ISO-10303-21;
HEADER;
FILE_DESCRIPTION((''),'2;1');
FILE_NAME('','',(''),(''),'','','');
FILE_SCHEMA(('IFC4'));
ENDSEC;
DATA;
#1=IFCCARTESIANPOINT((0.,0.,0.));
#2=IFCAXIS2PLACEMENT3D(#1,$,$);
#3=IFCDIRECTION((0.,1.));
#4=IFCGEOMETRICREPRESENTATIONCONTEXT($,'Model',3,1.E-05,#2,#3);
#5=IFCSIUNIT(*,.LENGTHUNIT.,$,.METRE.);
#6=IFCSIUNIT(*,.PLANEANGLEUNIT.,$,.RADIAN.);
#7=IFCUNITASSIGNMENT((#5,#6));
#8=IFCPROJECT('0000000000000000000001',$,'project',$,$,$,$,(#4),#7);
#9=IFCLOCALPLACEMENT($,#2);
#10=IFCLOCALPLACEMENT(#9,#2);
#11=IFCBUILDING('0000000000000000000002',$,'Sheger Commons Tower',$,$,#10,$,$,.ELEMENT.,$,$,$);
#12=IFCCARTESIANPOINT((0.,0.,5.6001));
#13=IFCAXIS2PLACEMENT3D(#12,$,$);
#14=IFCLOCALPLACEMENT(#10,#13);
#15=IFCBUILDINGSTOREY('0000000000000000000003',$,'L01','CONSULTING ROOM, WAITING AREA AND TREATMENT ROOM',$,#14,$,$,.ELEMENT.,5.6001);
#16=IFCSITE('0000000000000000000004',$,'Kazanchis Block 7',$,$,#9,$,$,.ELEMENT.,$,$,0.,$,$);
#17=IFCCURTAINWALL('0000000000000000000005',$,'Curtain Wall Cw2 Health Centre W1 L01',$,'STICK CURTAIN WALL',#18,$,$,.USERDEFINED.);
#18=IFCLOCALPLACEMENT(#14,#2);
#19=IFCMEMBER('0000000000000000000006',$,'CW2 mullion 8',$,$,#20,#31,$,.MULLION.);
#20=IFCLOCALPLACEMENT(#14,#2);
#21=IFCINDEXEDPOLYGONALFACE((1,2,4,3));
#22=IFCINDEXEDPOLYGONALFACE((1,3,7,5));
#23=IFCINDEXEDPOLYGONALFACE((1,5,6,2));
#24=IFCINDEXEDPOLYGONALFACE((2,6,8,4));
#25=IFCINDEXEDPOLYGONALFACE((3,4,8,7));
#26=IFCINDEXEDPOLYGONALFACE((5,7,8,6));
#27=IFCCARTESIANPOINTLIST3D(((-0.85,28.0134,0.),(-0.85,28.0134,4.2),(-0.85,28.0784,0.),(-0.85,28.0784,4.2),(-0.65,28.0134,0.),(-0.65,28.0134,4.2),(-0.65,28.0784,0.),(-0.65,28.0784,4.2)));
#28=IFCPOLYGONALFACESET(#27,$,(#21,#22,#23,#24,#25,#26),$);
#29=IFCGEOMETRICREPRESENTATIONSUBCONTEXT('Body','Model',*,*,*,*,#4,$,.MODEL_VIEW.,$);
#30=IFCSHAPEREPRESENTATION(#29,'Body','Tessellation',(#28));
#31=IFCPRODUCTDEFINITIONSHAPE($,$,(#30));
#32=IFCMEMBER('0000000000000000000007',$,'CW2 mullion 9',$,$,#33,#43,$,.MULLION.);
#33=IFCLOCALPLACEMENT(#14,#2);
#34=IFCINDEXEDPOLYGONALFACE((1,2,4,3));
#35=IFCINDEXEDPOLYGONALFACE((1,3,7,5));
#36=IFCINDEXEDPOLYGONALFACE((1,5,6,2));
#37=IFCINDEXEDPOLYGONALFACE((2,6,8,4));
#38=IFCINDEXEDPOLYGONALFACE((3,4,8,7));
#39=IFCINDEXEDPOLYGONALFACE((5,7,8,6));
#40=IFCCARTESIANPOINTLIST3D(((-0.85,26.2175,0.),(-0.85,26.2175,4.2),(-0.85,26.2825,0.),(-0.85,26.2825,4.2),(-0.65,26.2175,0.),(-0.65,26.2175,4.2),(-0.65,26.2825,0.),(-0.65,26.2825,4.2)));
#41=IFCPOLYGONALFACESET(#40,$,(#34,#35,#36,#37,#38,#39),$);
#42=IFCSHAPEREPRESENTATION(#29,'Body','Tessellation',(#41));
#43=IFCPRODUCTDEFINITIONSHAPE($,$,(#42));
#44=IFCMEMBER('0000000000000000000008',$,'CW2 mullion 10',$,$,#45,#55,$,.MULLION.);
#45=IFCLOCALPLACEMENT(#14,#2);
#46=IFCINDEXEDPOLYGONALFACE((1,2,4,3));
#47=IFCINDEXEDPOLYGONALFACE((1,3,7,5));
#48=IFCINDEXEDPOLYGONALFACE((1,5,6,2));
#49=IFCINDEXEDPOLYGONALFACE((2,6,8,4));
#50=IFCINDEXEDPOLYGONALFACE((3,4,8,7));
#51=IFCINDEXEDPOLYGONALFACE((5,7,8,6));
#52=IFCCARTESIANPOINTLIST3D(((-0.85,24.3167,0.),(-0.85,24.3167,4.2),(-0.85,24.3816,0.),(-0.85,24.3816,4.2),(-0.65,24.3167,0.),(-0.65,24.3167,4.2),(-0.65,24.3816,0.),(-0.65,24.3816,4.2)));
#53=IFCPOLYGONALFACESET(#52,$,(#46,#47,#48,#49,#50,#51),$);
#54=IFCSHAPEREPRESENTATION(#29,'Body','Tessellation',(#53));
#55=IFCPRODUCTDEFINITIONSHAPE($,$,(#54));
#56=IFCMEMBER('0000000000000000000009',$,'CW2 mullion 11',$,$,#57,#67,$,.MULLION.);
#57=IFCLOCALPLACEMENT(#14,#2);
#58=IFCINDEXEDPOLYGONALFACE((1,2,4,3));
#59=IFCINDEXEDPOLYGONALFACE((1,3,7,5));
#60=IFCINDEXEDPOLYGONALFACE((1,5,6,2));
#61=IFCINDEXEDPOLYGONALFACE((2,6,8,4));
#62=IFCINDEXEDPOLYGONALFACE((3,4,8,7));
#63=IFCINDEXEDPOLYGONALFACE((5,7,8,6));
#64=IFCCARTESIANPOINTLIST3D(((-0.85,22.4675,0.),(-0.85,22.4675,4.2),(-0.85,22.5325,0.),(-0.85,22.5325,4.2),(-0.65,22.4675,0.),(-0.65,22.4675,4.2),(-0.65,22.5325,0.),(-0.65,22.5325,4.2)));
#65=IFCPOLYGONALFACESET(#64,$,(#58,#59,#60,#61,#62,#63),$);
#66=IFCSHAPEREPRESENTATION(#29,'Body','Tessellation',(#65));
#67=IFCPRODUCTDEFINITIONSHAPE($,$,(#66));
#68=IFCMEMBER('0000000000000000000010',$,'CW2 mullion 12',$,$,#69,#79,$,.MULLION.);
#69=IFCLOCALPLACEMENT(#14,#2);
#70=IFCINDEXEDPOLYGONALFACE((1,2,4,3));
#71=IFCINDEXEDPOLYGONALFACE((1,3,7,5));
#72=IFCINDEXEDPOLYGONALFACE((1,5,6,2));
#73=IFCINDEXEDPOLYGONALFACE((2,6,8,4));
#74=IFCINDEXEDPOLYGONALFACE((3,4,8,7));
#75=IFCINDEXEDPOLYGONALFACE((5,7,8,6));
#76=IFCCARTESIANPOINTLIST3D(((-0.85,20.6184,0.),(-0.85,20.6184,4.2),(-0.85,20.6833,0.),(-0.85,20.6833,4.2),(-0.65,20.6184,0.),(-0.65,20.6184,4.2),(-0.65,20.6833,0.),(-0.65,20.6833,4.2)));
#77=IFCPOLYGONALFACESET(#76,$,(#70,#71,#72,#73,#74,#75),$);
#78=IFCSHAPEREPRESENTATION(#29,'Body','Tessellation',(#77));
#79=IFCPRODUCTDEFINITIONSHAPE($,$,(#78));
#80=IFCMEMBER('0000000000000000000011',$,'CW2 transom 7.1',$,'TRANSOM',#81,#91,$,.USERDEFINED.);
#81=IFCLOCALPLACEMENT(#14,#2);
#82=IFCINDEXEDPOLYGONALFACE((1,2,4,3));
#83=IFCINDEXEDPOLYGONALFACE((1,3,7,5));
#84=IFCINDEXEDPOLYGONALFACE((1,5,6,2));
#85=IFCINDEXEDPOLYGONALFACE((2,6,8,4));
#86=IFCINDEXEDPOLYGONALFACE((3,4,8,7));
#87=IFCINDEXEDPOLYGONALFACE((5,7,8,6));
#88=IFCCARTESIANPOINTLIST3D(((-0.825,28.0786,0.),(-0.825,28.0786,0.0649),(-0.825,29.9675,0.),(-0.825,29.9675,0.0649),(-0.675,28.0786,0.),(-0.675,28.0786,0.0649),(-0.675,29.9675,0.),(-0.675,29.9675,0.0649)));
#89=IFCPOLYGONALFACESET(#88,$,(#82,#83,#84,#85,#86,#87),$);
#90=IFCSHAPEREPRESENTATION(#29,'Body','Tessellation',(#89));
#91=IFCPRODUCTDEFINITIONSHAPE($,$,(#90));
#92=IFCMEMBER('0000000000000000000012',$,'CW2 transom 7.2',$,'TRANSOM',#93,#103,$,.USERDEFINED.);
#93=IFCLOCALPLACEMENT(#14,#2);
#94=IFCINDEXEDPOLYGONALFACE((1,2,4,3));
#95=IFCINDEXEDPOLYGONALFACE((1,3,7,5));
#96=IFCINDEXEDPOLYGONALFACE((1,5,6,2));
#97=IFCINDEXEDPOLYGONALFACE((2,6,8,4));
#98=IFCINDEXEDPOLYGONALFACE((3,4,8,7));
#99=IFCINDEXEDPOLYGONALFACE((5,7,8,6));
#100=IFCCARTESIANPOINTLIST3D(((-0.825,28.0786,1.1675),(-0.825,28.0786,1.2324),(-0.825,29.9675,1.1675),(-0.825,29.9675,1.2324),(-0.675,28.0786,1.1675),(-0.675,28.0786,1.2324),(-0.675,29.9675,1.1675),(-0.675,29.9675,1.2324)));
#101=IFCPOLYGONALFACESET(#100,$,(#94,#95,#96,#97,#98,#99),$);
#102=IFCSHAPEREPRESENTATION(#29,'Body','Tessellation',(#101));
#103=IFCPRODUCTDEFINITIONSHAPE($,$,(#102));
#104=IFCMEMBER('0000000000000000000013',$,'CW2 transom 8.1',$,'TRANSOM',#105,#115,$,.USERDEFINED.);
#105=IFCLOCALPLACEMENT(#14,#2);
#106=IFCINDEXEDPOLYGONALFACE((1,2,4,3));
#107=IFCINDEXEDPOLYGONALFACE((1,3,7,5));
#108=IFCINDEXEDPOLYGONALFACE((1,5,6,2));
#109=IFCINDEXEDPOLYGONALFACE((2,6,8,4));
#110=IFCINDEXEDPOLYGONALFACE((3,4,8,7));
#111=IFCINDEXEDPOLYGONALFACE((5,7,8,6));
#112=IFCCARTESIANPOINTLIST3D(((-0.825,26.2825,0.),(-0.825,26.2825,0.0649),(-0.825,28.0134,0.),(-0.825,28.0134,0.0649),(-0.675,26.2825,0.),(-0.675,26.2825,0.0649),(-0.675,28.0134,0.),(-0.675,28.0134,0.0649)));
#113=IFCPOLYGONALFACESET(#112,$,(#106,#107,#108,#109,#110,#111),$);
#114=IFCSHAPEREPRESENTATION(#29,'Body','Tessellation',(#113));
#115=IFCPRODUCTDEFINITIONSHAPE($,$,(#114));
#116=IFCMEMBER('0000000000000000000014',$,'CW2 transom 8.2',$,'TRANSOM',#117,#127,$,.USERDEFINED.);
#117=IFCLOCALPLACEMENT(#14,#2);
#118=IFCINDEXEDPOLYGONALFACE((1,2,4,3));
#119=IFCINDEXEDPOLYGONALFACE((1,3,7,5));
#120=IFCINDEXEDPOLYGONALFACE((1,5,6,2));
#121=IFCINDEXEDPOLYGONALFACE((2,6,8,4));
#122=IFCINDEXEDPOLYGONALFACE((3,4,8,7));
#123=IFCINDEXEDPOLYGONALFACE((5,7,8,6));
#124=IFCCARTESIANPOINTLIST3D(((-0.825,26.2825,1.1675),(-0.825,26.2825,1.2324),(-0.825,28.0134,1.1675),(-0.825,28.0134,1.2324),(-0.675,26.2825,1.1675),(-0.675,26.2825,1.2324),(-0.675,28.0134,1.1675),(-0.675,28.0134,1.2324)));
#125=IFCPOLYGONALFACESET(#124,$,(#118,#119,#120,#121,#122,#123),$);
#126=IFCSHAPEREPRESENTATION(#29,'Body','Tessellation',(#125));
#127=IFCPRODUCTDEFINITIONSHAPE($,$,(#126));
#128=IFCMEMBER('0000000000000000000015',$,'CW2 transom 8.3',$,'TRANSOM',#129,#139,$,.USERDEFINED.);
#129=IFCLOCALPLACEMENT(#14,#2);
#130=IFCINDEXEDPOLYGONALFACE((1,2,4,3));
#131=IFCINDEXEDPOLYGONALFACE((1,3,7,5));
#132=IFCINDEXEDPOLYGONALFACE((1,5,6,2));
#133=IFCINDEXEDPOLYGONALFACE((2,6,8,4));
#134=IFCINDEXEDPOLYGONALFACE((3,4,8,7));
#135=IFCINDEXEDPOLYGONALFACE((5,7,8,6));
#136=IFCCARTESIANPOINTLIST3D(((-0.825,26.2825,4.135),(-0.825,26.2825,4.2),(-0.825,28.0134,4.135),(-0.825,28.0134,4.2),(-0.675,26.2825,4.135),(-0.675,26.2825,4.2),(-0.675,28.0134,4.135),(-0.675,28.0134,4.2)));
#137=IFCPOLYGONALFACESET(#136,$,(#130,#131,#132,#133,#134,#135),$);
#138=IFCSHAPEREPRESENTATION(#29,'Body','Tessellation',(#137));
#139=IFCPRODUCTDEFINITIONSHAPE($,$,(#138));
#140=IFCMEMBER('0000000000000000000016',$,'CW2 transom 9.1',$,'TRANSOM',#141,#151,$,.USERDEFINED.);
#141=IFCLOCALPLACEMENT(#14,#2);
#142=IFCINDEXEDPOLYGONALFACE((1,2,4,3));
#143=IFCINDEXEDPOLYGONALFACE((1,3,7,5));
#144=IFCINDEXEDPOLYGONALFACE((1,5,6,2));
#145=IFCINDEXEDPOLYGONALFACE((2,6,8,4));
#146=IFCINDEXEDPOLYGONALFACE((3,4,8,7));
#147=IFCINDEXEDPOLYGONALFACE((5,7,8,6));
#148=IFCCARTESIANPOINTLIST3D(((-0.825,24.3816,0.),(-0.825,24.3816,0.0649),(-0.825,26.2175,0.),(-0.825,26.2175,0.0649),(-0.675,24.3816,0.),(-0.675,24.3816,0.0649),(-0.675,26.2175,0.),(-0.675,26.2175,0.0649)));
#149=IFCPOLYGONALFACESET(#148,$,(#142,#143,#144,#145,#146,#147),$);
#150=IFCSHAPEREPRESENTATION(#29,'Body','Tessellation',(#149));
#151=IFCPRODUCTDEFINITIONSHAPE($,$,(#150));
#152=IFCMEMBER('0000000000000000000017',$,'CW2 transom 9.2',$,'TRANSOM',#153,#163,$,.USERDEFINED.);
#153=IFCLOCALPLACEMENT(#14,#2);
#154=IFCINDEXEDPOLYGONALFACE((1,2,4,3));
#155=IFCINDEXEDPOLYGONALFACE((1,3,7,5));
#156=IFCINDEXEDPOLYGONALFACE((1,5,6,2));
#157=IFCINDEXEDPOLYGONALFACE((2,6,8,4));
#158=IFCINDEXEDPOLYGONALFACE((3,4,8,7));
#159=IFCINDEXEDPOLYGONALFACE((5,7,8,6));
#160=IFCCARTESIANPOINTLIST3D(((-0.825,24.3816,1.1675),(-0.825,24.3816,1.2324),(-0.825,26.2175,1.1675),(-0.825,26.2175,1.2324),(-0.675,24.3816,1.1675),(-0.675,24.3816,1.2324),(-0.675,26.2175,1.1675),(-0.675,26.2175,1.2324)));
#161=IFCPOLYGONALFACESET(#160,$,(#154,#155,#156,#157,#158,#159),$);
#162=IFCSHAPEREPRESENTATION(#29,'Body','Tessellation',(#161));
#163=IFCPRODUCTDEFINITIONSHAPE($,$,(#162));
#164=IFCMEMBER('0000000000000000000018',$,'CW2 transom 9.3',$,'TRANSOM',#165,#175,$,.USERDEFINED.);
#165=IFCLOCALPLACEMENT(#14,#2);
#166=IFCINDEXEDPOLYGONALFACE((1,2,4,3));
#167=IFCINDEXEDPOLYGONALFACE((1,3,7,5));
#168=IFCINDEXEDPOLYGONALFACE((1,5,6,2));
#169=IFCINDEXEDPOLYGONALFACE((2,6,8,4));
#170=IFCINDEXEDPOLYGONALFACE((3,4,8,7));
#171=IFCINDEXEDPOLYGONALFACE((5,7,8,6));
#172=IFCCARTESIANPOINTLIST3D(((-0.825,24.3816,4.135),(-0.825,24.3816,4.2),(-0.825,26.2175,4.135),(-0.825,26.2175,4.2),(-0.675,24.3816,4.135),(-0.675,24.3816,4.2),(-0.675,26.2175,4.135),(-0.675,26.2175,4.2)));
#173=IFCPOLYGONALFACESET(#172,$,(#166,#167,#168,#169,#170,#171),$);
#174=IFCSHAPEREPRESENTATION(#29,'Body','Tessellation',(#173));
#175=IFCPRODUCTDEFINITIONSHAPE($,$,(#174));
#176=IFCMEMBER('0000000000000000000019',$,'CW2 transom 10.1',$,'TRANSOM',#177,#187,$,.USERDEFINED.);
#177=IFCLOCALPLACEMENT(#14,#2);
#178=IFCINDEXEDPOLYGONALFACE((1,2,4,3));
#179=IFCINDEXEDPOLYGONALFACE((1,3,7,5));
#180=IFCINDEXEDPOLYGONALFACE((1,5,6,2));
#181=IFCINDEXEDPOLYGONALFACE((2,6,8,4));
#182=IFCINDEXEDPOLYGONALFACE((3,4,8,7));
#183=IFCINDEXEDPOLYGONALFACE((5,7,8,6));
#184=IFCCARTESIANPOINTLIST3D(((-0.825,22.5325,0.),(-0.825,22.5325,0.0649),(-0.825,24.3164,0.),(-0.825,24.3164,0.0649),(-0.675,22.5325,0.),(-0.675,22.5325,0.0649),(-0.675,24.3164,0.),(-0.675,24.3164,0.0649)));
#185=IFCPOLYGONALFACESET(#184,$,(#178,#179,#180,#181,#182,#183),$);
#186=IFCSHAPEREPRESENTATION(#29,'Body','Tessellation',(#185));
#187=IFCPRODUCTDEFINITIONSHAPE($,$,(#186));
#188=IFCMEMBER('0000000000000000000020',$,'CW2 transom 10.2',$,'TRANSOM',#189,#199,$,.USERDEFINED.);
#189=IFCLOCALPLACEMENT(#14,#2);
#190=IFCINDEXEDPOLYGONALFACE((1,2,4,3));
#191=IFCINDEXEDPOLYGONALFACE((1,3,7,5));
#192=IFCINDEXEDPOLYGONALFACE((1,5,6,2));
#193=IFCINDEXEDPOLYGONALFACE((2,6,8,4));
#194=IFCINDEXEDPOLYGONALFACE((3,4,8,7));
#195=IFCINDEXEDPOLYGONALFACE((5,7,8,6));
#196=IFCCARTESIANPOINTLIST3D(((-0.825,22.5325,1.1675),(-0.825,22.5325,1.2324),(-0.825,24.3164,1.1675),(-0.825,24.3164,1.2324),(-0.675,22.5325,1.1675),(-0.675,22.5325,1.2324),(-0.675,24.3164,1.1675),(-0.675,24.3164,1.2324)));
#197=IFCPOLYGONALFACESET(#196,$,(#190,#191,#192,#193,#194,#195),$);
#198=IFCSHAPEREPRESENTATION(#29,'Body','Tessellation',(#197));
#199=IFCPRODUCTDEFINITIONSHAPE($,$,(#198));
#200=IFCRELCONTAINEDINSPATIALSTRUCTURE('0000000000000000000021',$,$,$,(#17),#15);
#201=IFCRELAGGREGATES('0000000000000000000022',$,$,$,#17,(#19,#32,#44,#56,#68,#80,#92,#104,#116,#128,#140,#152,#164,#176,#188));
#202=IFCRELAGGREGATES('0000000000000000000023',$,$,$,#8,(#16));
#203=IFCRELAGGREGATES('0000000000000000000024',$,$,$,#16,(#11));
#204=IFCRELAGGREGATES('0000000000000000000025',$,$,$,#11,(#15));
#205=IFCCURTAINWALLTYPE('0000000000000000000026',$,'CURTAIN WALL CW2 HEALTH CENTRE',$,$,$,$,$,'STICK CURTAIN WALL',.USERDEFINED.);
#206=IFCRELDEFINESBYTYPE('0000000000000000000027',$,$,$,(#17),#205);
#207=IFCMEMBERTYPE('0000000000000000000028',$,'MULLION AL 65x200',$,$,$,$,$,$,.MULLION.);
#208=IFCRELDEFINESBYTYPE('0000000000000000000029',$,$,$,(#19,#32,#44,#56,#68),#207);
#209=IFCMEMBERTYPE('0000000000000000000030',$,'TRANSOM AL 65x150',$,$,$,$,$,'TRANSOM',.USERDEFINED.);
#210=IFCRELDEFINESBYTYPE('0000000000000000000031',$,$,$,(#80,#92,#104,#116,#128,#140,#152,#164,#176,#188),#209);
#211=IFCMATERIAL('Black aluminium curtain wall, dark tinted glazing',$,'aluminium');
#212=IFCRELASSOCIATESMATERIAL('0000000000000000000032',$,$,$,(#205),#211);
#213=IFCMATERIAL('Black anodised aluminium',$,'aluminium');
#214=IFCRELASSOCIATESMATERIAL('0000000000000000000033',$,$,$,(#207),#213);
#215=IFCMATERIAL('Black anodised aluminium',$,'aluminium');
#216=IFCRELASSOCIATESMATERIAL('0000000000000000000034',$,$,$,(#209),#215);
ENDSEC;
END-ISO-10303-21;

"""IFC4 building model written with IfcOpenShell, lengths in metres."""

from ifc_helpers import new_model, si_unit, direction, frame, origin, origin_2d, place, context, subcontext, project, spatial, rectangle, extrude, material, material_profile, profile_set, type_object, element, aggregate, save


model = new_model("IFC4")

# Units and contexts
model_context = context("Model", 3, precision=1e-05, world=origin(), true_north=direction((0.0, 1.0)))
body_context = subcontext(model_context, "Body", "Model", "MODEL_VIEW")
ifc_project = project(units=[si_unit("LENGTHUNIT", "METRE"), si_unit("PLANEANGLEUNIT", "RADIAN")], contexts=[model_context])

# Site, building, storey
site_placement = place(None, origin())
site = spatial("IfcSite", under=ifc_project, at=site_placement, Name="Kazanchis Block 7", CompositionType="ELEMENT", RefElevation=0.0)
building_placement = place(site_placement, origin())
building = spatial("IfcBuilding", under=site, at=building_placement, Name="Sheger Commons Tower", CompositionType="ELEMENT")
storey_placement = place(building_placement, frame((0.0, 0.0, 5.6001)))
storey = spatial("IfcBuildingStorey", under=building, at=storey_placement, Name="L01", Description="CONSULTING ROOM, WAITING AREA AND TREATMENT ROOM", CompositionType="ELEMENT", Elevation=5.6001)

# Curtain wall, members
ifc_material_1 = material(Name="Black aluminium curtain wall, dark tinted glazing", Category="aluminium")
curtain_wall_type = type_object("IfcCurtainWallType", Name="CURTAIN WALL CW2 HEALTH CENTRE", ElementType="STICK CURTAIN WALL", PredefinedType="USERDEFINED", material=ifc_material_1)
curtain_wall_placement = place(storey_placement, origin())
curtain_wall = element("IfcCurtainWall", 1, at=curtain_wall_placement, inside=storey, type_object=curtain_wall_type, Name="Curtain Wall Cw2 Health Centre W1 L01", ObjectType="STICK CURTAIN WALL", PredefinedType="USERDEFINED")
ifc_material_2 = material(Name="Black anodised aluminium", Category="aluminium")
ifc_material_profile_1 = material_profile(ifc_material_2, rectangle(XDim=0.2, YDim=0.0649, at=origin_2d()), Name="AL 65x200")
ifc_profile_set_1 = profile_set([ifc_material_profile_1], Name="Black anodised aluminium")
member_type_1 = type_object("IfcMemberType", Name="MULLION AL 65x200", PredefinedType="MULLION", material=ifc_profile_set_1)
member_1_placement = place(storey_placement, frame((-0.75, 28.0459, 0.0), z_axis=(0.0, 0.0, 1.0), x_axis=(1.0, 0.0, 0.0)))
member_1 = element("IfcMember", 2, at=member_1_placement, type_object=member_type_1, Name="CW2 mullion 8", PredefinedType="MULLION", context=body_context, shape_type="SweptSolid", body=[
    extrude(rectangle(XDim=0.2, YDim=0.0649, at=origin_2d()), origin(), (0.0, 0.0, 1.0), 4.2),
])
member_2_placement = place(storey_placement, frame((-0.75, 26.25, 0.0), z_axis=(0.0, 0.0, 1.0), x_axis=(1.0, 0.0, 0.0)))
member_2 = element("IfcMember", 3, at=member_2_placement, type_object=member_type_1, Name="CW2 mullion 9", PredefinedType="MULLION", context=body_context, shape_type="SweptSolid", body=[
    extrude(rectangle(XDim=0.2, YDim=0.0649, at=origin_2d()), origin(), (0.0, 0.0, 1.0), 4.2),
])
member_3_placement = place(storey_placement, frame((-0.75, 24.3491, 0.0), z_axis=(0.0, 0.0, 1.0), x_axis=(1.0, 0.0, 0.0)))
member_3 = element("IfcMember", 4, at=member_3_placement, type_object=member_type_1, Name="CW2 mullion 10", PredefinedType="MULLION", context=body_context, shape_type="SweptSolid", body=[
    extrude(rectangle(XDim=0.2, YDim=0.0649, at=origin_2d()), origin(), (0.0, 0.0, 1.0), 4.2),
])
member_4_placement = place(storey_placement, frame((-0.75, 22.5, 0.0), z_axis=(0.0, 0.0, 1.0), x_axis=(1.0, 0.0, 0.0)))
member_4 = element("IfcMember", 5, at=member_4_placement, type_object=member_type_1, Name="CW2 mullion 11", PredefinedType="MULLION", context=body_context, shape_type="SweptSolid", body=[
    extrude(rectangle(XDim=0.2, YDim=0.0649, at=origin_2d()), origin(), (0.0, 0.0, 1.0), 4.2),
])
member_5_placement = place(storey_placement, frame((-0.75, 20.6509, 0.0), z_axis=(0.0, 0.0, 1.0), x_axis=(1.0, 0.0, 0.0)))
member_5 = element("IfcMember", 6, at=member_5_placement, type_object=member_type_1, Name="CW2 mullion 12", PredefinedType="MULLION", context=body_context, shape_type="SweptSolid", body=[
    extrude(rectangle(XDim=0.2, YDim=0.0649, at=origin_2d()), origin(), (0.0, 0.0, 1.0), 4.2),
])
ifc_material_3 = material(Name="Black anodised aluminium", Category="aluminium")
ifc_material_profile_2 = material_profile(ifc_material_3, rectangle(XDim=0.1499, YDim=0.0649, at=origin_2d()), Name="AL 65x150")
ifc_profile_set_2 = profile_set([ifc_material_profile_2], Name="Black anodised aluminium")
member_type_2 = type_object("IfcMemberType", Name="TRANSOM AL 65x150", ElementType="TRANSOM", PredefinedType="USERDEFINED", material=ifc_profile_set_2)
member_6_placement = place(storey_placement, frame((-0.75, 29.9675, 0.0325), z_axis=(0.0, -1.0, 0.0), x_axis=(1.0, 0.0, 0.0)))
member_6 = element("IfcMember", 7, at=member_6_placement, type_object=member_type_2, Name="CW2 transom 7.1", ObjectType="TRANSOM", PredefinedType="USERDEFINED", context=body_context, shape_type="SweptSolid", body=[
    extrude(rectangle(XDim=0.1499, YDim=0.0649, at=origin_2d()), origin(), (0.0, 0.0, 1.0), 1.8889),
])
member_7_placement = place(storey_placement, frame((-0.75, 29.9675, 1.2), z_axis=(0.0, -1.0, 0.0), x_axis=(1.0, 0.0, 0.0)))
member_7 = element("IfcMember", 8, at=member_7_placement, type_object=member_type_2, Name="CW2 transom 7.2", ObjectType="TRANSOM", PredefinedType="USERDEFINED", context=body_context, shape_type="SweptSolid", body=[
    extrude(rectangle(XDim=0.1499, YDim=0.0649, at=origin_2d()), origin(), (0.0, 0.0, 1.0), 1.8889),
])
member_8_placement = place(storey_placement, frame((-0.75, 28.0134, 0.0325), z_axis=(0.0, -1.0, 0.0), x_axis=(1.0, 0.0, 0.0)))
member_8 = element("IfcMember", 9, at=member_8_placement, type_object=member_type_2, Name="CW2 transom 8.1", ObjectType="TRANSOM", PredefinedType="USERDEFINED", context=body_context, shape_type="SweptSolid", body=[
    extrude(rectangle(XDim=0.1499, YDim=0.0649, at=origin_2d()), origin(), (0.0, 0.0, 1.0), 1.731),
])
member_9_placement = place(storey_placement, frame((-0.75, 28.0134, 1.2), z_axis=(0.0, -1.0, 0.0), x_axis=(1.0, 0.0, 0.0)))
member_9 = element("IfcMember", 10, at=member_9_placement, type_object=member_type_2, Name="CW2 transom 8.2", ObjectType="TRANSOM", PredefinedType="USERDEFINED", context=body_context, shape_type="SweptSolid", body=[
    extrude(rectangle(XDim=0.1499, YDim=0.0649, at=origin_2d()), origin(), (0.0, 0.0, 1.0), 1.731),
])
member_10_placement = place(storey_placement, frame((-0.75, 28.0134, 4.1675), z_axis=(0.0, -1.0, 0.0), x_axis=(1.0, 0.0, 0.0)))
member_10 = element("IfcMember", 11, at=member_10_placement, type_object=member_type_2, Name="CW2 transom 8.3", ObjectType="TRANSOM", PredefinedType="USERDEFINED", context=body_context, shape_type="SweptSolid", body=[
    extrude(rectangle(XDim=0.1499, YDim=0.0649, at=origin_2d()), origin(), (0.0, 0.0, 1.0), 1.731),
])
member_11_placement = place(storey_placement, frame((-0.75, 26.2175, 0.0325), z_axis=(0.0, -1.0, 0.0), x_axis=(1.0, 0.0, 0.0)))
member_11 = element("IfcMember", 12, at=member_11_placement, type_object=member_type_2, Name="CW2 transom 9.1", ObjectType="TRANSOM", PredefinedType="USERDEFINED", context=body_context, shape_type="SweptSolid", body=[
    extrude(rectangle(XDim=0.1499, YDim=0.0649, at=origin_2d()), origin(), (0.0, 0.0, 1.0), 1.8359),
])
member_12_placement = place(storey_placement, frame((-0.75, 26.2175, 1.2), z_axis=(0.0, -1.0, 0.0), x_axis=(1.0, 0.0, 0.0)))
member_12 = element("IfcMember", 13, at=member_12_placement, type_object=member_type_2, Name="CW2 transom 9.2", ObjectType="TRANSOM", PredefinedType="USERDEFINED", context=body_context, shape_type="SweptSolid", body=[
    extrude(rectangle(XDim=0.1499, YDim=0.0649, at=origin_2d()), origin(), (0.0, 0.0, 1.0), 1.8359),
])
member_13_placement = place(storey_placement, frame((-0.75, 26.2175, 4.1675), z_axis=(0.0, -1.0, 0.0), x_axis=(1.0, 0.0, 0.0)))
member_13 = element("IfcMember", 14, at=member_13_placement, type_object=member_type_2, Name="CW2 transom 9.3", ObjectType="TRANSOM", PredefinedType="USERDEFINED", context=body_context, shape_type="SweptSolid", body=[
    extrude(rectangle(XDim=0.1499, YDim=0.0649, at=origin_2d()), origin(), (0.0, 0.0, 1.0), 1.8359),
])
member_14_placement = place(storey_placement, frame((-0.75, 24.3164, 0.0325), z_axis=(0.0, -1.0, 0.0), x_axis=(1.0, 0.0, 0.0)))
member_14 = element("IfcMember", 15, at=member_14_placement, type_object=member_type_2, Name="CW2 transom 10.1", ObjectType="TRANSOM", PredefinedType="USERDEFINED", context=body_context, shape_type="SweptSolid", body=[
    extrude(rectangle(XDim=0.1499, YDim=0.0649, at=origin_2d()), origin(), (0.0, 0.0, 1.0), 1.7839),
])
member_15_placement = place(storey_placement, frame((-0.75, 24.3164, 1.2), z_axis=(0.0, -1.0, 0.0), x_axis=(1.0, 0.0, 0.0)))
member_15 = element("IfcMember", 16, at=member_15_placement, type_object=member_type_2, Name="CW2 transom 10.2", ObjectType="TRANSOM", PredefinedType="USERDEFINED", context=body_context, shape_type="SweptSolid", body=[
    extrude(rectangle(XDim=0.1499, YDim=0.0649, at=origin_2d()), origin(), (0.0, 0.0, 1.0), 1.7839),
])
aggregate(curtain_wall, [member_1, member_2, member_3, member_4, member_5, member_6, member_7, member_8, member_9, member_10, member_11, member_12, member_13, member_14, member_15])

save(model, "model.ifc")
